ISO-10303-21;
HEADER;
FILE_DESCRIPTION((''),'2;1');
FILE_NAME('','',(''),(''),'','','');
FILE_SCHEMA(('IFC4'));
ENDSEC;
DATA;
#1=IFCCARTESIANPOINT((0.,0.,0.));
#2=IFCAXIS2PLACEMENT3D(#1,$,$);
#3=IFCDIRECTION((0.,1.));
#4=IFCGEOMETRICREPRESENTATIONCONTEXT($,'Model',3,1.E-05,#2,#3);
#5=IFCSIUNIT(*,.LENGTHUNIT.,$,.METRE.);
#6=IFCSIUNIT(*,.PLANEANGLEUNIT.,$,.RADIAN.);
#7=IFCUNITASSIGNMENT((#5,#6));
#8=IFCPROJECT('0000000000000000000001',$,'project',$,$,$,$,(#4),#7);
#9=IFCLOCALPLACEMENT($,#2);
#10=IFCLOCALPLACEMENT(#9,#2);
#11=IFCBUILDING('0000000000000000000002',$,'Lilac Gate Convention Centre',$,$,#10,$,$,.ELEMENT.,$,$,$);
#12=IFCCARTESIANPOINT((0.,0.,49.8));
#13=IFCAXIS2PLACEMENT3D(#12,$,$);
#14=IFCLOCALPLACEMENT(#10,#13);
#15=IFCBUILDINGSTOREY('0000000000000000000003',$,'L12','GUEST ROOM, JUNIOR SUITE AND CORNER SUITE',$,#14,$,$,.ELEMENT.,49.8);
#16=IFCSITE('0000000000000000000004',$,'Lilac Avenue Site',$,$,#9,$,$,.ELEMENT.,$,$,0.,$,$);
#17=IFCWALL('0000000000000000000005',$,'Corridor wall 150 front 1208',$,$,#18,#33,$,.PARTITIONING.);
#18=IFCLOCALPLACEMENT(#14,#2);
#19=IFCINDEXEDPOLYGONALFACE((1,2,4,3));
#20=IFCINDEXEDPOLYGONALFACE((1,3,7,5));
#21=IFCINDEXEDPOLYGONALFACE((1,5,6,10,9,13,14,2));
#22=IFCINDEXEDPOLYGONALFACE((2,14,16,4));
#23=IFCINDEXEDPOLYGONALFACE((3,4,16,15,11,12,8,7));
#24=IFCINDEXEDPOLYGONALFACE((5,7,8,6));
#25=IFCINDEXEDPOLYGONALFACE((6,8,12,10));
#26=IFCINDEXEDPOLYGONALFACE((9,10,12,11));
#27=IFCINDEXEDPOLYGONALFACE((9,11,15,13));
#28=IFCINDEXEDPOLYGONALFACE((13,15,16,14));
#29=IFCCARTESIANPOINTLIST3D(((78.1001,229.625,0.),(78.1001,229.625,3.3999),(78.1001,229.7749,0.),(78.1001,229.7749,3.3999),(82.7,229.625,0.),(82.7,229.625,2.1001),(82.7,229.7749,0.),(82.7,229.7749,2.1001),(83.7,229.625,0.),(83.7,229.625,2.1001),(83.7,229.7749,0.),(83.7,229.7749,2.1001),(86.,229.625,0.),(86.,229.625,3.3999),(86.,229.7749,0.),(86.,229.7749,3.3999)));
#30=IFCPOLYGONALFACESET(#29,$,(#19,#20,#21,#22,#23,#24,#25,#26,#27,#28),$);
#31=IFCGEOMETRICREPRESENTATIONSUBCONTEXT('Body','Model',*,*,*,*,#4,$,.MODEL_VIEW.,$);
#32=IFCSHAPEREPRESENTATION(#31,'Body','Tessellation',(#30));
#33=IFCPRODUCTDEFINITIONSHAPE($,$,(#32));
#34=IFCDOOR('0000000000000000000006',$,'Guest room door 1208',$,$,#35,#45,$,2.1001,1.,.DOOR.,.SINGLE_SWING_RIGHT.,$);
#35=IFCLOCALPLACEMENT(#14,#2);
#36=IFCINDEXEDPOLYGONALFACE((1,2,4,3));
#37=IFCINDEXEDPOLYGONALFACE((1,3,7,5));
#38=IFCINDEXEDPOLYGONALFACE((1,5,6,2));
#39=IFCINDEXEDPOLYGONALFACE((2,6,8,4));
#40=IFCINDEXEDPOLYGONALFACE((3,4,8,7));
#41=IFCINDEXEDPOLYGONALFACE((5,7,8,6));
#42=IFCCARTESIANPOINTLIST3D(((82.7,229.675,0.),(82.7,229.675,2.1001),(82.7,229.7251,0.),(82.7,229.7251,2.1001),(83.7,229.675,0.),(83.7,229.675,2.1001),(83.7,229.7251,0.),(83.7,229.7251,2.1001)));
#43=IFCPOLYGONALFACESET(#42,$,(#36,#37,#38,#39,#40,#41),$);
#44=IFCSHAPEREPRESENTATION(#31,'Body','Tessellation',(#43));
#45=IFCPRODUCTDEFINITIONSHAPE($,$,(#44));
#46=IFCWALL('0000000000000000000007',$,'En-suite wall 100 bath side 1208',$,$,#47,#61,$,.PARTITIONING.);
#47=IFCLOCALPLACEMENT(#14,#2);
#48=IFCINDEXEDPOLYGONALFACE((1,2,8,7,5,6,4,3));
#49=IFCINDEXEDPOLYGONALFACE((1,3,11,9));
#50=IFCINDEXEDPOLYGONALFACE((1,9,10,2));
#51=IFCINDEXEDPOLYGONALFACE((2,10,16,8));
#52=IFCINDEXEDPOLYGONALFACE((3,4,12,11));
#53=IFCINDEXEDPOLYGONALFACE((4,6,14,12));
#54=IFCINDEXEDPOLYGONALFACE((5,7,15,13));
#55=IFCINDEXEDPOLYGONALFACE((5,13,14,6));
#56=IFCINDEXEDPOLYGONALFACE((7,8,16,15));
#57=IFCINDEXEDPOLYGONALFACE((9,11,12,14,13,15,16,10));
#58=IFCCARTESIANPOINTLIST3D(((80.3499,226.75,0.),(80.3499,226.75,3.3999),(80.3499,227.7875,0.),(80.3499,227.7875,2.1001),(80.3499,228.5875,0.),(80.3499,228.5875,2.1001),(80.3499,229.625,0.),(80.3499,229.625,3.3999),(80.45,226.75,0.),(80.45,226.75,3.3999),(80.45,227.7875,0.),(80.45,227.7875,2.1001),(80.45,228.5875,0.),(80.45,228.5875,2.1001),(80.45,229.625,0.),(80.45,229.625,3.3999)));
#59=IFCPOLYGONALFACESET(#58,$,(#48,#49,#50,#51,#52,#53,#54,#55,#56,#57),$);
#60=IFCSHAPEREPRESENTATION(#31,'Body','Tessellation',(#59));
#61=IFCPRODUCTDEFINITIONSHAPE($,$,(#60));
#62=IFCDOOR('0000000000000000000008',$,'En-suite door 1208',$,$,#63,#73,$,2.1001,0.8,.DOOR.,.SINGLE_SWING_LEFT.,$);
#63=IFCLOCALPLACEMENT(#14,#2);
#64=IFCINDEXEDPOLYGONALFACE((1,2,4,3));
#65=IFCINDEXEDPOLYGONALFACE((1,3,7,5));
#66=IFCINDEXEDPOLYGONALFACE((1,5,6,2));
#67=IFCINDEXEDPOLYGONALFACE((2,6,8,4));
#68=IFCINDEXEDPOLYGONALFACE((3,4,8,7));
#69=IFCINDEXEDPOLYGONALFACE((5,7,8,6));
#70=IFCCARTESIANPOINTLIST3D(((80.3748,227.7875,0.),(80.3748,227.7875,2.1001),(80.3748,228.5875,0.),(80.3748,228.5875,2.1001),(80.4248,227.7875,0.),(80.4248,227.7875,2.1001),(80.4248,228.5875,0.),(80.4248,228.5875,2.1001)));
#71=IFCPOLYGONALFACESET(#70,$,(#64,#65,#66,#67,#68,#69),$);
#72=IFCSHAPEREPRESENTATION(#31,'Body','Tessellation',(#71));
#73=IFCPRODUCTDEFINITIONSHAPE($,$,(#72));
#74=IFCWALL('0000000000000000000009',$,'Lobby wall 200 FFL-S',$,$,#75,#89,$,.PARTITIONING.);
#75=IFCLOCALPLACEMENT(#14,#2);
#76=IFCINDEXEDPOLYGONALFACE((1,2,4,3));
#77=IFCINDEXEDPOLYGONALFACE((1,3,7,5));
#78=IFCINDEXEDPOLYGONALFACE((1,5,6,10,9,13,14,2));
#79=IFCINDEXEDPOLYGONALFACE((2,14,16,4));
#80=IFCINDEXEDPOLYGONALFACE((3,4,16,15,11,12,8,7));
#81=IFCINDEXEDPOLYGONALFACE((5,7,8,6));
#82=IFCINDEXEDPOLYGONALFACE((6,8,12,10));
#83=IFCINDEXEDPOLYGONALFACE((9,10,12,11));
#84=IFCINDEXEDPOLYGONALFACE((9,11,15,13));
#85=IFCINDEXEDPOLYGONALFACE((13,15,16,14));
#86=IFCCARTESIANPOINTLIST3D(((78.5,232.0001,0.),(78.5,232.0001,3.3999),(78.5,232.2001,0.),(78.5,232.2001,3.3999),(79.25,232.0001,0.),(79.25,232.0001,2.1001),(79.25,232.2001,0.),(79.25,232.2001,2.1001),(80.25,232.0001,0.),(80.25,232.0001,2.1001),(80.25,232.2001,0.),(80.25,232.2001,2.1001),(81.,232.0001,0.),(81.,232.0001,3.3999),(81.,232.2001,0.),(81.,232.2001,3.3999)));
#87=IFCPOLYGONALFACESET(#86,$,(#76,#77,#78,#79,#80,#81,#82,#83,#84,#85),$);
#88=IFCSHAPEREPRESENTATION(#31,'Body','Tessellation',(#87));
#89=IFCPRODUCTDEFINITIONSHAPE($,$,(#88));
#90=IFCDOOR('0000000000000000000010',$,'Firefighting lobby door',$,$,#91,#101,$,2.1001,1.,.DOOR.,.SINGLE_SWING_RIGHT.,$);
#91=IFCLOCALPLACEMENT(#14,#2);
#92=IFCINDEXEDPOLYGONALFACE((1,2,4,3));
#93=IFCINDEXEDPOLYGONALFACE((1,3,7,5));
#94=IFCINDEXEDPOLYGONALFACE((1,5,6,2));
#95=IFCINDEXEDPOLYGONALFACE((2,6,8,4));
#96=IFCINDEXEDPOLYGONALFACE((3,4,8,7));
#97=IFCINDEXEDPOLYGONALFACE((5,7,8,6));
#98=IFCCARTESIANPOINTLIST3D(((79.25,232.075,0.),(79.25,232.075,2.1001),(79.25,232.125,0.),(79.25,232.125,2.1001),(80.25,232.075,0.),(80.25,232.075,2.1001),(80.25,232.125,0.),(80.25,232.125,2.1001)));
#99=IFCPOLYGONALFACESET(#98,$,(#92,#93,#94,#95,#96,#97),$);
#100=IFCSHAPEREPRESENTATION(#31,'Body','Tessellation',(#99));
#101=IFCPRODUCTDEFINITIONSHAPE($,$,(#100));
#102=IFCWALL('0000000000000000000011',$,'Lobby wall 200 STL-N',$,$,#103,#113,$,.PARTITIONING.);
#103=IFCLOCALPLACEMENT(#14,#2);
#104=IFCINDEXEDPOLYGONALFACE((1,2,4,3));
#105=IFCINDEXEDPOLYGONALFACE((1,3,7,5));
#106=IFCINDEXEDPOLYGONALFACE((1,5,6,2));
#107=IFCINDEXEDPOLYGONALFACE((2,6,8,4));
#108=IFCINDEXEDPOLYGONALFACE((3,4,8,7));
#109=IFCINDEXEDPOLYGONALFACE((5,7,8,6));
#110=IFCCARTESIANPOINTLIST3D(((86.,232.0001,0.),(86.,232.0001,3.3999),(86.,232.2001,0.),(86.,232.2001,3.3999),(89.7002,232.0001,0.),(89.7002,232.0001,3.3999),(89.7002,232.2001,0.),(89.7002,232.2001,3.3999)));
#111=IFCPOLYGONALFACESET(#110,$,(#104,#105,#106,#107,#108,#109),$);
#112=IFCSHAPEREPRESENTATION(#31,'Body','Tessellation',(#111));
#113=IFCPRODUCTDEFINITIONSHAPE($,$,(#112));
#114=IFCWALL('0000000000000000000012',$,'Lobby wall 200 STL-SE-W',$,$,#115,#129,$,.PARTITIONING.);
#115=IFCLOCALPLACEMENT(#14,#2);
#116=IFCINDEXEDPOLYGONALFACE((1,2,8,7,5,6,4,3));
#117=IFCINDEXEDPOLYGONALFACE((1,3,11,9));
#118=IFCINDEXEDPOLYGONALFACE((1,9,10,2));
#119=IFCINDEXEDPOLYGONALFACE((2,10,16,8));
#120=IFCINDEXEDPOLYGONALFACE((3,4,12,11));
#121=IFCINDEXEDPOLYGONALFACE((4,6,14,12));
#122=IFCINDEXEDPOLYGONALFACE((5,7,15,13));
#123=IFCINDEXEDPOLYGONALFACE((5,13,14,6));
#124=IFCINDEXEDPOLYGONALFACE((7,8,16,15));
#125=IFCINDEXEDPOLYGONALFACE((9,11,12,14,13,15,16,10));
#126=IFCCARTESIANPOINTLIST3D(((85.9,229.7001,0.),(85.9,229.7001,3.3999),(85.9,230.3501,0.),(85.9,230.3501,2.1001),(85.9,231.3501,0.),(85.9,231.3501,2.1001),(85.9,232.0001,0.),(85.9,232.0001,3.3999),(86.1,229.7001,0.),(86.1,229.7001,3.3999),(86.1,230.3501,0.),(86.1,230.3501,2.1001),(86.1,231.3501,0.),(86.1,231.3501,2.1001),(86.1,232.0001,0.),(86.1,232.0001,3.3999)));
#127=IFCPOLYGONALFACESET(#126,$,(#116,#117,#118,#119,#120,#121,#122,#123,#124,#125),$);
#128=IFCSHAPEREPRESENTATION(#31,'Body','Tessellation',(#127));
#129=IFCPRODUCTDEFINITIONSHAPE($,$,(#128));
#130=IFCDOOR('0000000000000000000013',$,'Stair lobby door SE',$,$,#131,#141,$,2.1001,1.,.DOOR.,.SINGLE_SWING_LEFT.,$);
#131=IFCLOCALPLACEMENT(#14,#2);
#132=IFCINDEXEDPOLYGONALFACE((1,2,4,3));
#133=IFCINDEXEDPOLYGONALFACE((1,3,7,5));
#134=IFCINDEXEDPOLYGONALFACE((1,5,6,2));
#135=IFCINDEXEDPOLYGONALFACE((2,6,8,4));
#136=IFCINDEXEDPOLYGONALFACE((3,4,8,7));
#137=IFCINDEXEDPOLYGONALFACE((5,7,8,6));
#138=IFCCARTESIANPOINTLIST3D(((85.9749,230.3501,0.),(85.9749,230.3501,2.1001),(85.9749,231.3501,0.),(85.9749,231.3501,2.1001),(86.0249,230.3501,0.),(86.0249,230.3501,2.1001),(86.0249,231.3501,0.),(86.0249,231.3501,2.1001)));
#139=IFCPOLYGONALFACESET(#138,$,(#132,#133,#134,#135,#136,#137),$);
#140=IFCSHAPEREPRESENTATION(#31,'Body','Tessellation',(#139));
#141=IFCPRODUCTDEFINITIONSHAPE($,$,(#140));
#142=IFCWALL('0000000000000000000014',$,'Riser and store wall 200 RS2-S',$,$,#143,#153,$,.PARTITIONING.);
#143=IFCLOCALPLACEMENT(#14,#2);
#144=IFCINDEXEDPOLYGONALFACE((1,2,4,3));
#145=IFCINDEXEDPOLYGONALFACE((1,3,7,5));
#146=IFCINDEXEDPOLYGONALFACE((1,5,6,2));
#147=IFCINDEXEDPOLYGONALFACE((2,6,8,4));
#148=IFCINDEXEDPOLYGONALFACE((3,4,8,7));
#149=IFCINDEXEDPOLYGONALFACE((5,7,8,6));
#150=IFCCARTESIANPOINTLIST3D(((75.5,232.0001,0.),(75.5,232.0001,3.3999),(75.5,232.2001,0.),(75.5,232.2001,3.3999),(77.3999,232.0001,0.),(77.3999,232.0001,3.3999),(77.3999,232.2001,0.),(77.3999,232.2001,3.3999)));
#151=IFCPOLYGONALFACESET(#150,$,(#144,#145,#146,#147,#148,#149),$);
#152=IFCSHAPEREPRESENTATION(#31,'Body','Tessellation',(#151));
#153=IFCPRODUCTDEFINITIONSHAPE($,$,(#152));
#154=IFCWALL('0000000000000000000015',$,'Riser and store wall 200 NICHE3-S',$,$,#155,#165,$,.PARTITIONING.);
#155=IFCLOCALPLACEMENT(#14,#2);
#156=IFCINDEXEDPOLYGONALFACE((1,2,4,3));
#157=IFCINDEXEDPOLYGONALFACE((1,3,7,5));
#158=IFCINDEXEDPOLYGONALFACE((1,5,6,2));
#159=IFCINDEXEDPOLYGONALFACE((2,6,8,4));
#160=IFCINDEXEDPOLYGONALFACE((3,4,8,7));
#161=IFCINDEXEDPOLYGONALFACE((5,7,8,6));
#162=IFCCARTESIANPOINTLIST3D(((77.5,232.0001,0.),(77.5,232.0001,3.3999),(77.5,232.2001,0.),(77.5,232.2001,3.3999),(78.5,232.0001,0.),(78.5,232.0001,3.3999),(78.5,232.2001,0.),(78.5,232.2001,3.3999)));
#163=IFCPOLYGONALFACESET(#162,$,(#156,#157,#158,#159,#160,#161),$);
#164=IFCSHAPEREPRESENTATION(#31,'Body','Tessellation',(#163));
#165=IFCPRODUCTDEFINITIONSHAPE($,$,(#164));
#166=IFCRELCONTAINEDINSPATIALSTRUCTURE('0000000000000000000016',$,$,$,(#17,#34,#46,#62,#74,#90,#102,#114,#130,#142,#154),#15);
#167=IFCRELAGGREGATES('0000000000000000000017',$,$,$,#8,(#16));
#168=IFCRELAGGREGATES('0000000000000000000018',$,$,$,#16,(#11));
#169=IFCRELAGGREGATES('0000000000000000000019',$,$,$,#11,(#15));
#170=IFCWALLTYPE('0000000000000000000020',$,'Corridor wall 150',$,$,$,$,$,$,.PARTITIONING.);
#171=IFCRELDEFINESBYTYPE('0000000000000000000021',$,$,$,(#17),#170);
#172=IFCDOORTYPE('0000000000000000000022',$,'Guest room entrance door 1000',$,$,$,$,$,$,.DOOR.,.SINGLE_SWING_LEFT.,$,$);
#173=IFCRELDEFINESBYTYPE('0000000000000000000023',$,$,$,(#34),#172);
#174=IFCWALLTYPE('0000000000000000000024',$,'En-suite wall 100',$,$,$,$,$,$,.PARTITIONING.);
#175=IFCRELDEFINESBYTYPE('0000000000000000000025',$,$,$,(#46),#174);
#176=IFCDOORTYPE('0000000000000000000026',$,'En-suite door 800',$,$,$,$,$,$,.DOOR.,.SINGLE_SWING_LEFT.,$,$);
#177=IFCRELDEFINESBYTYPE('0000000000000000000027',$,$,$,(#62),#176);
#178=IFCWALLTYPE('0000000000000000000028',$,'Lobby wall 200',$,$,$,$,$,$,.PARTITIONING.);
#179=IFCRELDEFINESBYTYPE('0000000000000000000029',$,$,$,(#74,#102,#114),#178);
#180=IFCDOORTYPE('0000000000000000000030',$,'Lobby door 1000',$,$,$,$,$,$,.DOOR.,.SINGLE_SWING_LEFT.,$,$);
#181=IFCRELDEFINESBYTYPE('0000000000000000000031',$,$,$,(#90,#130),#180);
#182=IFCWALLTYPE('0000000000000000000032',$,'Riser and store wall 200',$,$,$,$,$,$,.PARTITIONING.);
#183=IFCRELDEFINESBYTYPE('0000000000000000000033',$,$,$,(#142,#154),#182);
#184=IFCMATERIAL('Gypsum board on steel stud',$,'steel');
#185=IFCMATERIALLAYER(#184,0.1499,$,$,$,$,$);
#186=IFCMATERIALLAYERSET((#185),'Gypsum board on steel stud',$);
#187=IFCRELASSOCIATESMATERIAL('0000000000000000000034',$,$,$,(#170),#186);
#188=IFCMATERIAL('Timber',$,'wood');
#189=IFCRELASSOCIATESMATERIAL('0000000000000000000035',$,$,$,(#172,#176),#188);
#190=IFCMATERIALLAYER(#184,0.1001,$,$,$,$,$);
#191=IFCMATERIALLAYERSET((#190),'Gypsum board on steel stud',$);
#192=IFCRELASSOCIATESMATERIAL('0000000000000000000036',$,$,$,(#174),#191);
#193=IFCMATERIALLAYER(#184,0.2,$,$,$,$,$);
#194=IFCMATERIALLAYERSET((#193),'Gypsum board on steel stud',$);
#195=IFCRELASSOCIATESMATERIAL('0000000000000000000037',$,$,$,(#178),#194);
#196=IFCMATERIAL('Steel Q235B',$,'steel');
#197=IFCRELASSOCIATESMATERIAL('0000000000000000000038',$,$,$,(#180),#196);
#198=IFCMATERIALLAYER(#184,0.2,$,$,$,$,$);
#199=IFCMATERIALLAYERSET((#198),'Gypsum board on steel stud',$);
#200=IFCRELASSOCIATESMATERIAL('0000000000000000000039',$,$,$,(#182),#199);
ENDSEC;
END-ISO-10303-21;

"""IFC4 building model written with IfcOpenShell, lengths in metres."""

from ifc_helpers import new_model, si_unit, direction, frame, frame_2d, origin, place, context, subcontext, project, spatial, rectangle, extrude, material, layer, layer_set, type_object, element, fill, save


model = new_model("IFC4")

# Units and contexts
model_context = context("Model", 3, precision=1e-05, world=origin(), true_north=direction((0.0, 1.0)))
body_context = subcontext(model_context, "Body", "Model", "MODEL_VIEW")
ifc_project = project(units=[si_unit("LENGTHUNIT", "METRE"), si_unit("PLANEANGLEUNIT", "RADIAN")], contexts=[model_context])

# Site, building, storey
site_placement = place(None, origin())
site = spatial("IfcSite", under=ifc_project, at=site_placement, Name="Lilac Avenue Site", CompositionType="ELEMENT", RefElevation=0.0)
building_placement = place(site_placement, origin())
building = spatial("IfcBuilding", under=site, at=building_placement, Name="Lilac Gate Convention Centre", CompositionType="ELEMENT")
storey_placement = place(building_placement, frame((0.0, 0.0, 49.8)))
storey = spatial("IfcBuildingStorey", under=building, at=storey_placement, Name="L12", Description="GUEST ROOM, JUNIOR SUITE AND CORNER SUITE", CompositionType="ELEMENT", Elevation=49.8)

# Shared definitions
ifc_material_1 = material(Name="Steel Q235B", Category="steel")

# Walls, openings, doors
ifc_material_2 = material(Name="Gypsum board on steel stud", Category="steel")
ifc_layer_1 = layer(ifc_material_2, 0.1499)
ifc_layer_set_1 = layer_set([ifc_layer_1], Name="Gypsum board on steel stud")
wall_type_1 = type_object("IfcWallType", Name="Corridor wall 150", PredefinedType="PARTITIONING", material=ifc_layer_set_1)
ifc_material_3 = material(Name="Timber", Category="wood")
door_type_1 = type_object("IfcDoorType", Name="Guest room entrance door 1000", OperationType="SINGLE_SWING_LEFT", PredefinedType="DOOR", material=ifc_material_3)
wall_1_placement = place(storey_placement, frame((86.0, 229.7, 0.0), z_axis=(0.0, 0.0, 1.0), x_axis=(-1.0, 0.0, 0.0)))
wall_1 = element("IfcWall", 1, at=wall_1_placement, inside=storey, type_object=wall_type_1, Name="Corridor wall 150 front 1208", PredefinedType="PARTITIONING", context=body_context, shape_type="SweptSolid", body=[
    extrude(rectangle(XDim=7.8999, YDim=0.1499, at=frame_2d((3.95, 0.0))), origin(), (0.0, 0.0, 1.0), 3.3999),
])
opening_1_placement = place(wall_1_placement, frame((2.3, 0.0, 0.0)))
opening_1 = element("IfcOpeningElement", 2, at=opening_1_placement, cuts=wall_1, PredefinedType="OPENING", context=body_context, shape_type="SweptSolid", body=[
    extrude(rectangle(XDim=1.0, YDim=2.1001, at=frame_2d((0.5, 1.05))), frame((0.0, 0.085, 0.0), z_axis=(0.0, -1.0, 0.0), x_axis=(1.0, 0.0, 0.0)), (0.0, 0.0, 1.0), 0.1699),
])
door_1_placement = place(opening_1_placement, origin())
door_1 = element("IfcDoor", 3, at=door_1_placement, inside=storey, type_object=door_type_1, Name="Guest room door 1208", OperationType="SINGLE_SWING_RIGHT", OverallHeight=2.1001, OverallWidth=1.0, PredefinedType="DOOR", context=body_context, shape_type="SweptSolid", body=[
    extrude(rectangle(XDim=1.0, YDim=2.1001, at=frame_2d((0.5, 1.05))), frame((0.0, 0.0249, 0.0), z_axis=(0.0, -1.0, 0.0), x_axis=(1.0, 0.0, 0.0)), (0.0, 0.0, 1.0), 0.05),
])
fill(opening_1, door_1)
ifc_layer_2 = layer(ifc_material_2, 0.1001)
ifc_layer_set_2 = layer_set([ifc_layer_2], Name="Gypsum board on steel stud")
wall_type_2 = type_object("IfcWallType", Name="En-suite wall 100", PredefinedType="PARTITIONING", material=ifc_layer_set_2)
wall_2_placement = place(storey_placement, frame((80.3999, 229.625, 0.0), z_axis=(0.0, 0.0, 1.0), x_axis=(0.0, -1.0, 0.0)))
wall_2 = element("IfcWall", 4, at=wall_2_placement, inside=storey, type_object=wall_type_2, Name="En-suite wall 100 bath side 1208", PredefinedType="PARTITIONING", context=body_context, shape_type="SweptSolid", body=[
    extrude(rectangle(XDim=2.875, YDim=0.1001, at=frame_2d((1.4375, 0.0))), origin(), (0.0, 0.0, 1.0), 3.3999),
])
opening_2_placement = place(wall_2_placement, frame((1.0376, 0.0, 0.0)))
opening_2 = element("IfcOpeningElement", 5, at=opening_2_placement, cuts=wall_2, PredefinedType="OPENING", context=body_context, shape_type="SweptSolid", body=[
    extrude(rectangle(XDim=0.8, YDim=2.1001, at=frame_2d((0.3999, 1.05))), frame((0.0, 0.0601, 0.0), z_axis=(0.0, -1.0, 0.0), x_axis=(1.0, 0.0, 0.0)), (0.0, 0.0, 1.0), 0.1201),
])
door_type_2 = type_object("IfcDoorType", Name="En-suite door 800", OperationType="SINGLE_SWING_LEFT", PredefinedType="DOOR", material=ifc_material_3)
door_2_placement = place(opening_2_placement, origin())
door_2 = element("IfcDoor", 6, at=door_2_placement, inside=storey, type_object=door_type_2, Name="En-suite door 1208", OperationType="SINGLE_SWING_LEFT", OverallHeight=2.1001, OverallWidth=0.8, PredefinedType="DOOR", context=body_context, shape_type="SweptSolid", body=[
    extrude(rectangle(XDim=0.8, YDim=2.1001, at=frame_2d((0.3999, 1.05))), frame((0.0, 0.0249, 0.0), z_axis=(0.0, -1.0, 0.0), x_axis=(1.0, 0.0, 0.0)), (0.0, 0.0, 1.0), 0.05),
])
fill(opening_2, door_2)
ifc_layer_3 = layer(ifc_material_2, 0.2)
ifc_layer_set_3 = layer_set([ifc_layer_3], Name="Gypsum board on steel stud")
wall_type_3 = type_object("IfcWallType", Name="Lobby wall 200", PredefinedType="PARTITIONING", material=ifc_layer_set_3)
wall_3_placement = place(storey_placement, frame((78.5, 232.1001, 0.0), z_axis=(0.0, 0.0, 1.0), x_axis=(1.0, 0.0, 0.0)))
wall_3 = element("IfcWall", 7, at=wall_3_placement, inside=storey, type_object=wall_type_3, Name="Lobby wall 200 FFL-S", PredefinedType="PARTITIONING", context=body_context, shape_type="SweptSolid", body=[
    extrude(rectangle(XDim=2.5, YDim=0.2, at=frame_2d((1.25, 0.0))), origin(), (0.0, 0.0, 1.0), 3.3999),
])
opening_3_placement = place(wall_3_placement, frame((0.75, 0.0, 0.0)))
opening_3 = element("IfcOpeningElement", 8, at=opening_3_placement, cuts=wall_3, PredefinedType="OPENING", context=body_context, shape_type="SweptSolid", body=[
    extrude(rectangle(XDim=1.0, YDim=2.1001, at=frame_2d((0.5, 1.05))), frame((0.0, 0.1099, 0.0), z_axis=(0.0, -1.0, 0.0), x_axis=(1.0, 0.0, 0.0)), (0.0, 0.0, 1.0), 0.22),
])
door_type_3 = type_object("IfcDoorType", Name="Lobby door 1000", OperationType="SINGLE_SWING_LEFT", PredefinedType="DOOR", material=ifc_material_1)
door_3_placement = place(opening_3_placement, origin())
door_3 = element("IfcDoor", 9, at=door_3_placement, inside=storey, type_object=door_type_3, Name="Firefighting lobby door", OperationType="SINGLE_SWING_RIGHT", OverallHeight=2.1001, OverallWidth=1.0, PredefinedType="DOOR", context=body_context, shape_type="SweptSolid", body=[
    extrude(rectangle(XDim=1.0, YDim=2.1001, at=frame_2d((0.5, 1.05))), frame((0.0, 0.0249, 0.0), z_axis=(0.0, -1.0, 0.0), x_axis=(1.0, 0.0, 0.0)), (0.0, 0.0, 1.0), 0.05),
])
fill(opening_3, door_3)

# Wall
wall_4_placement = place(storey_placement, frame((86.0, 232.1001, 0.0), z_axis=(0.0, 0.0, 1.0), x_axis=(1.0, 0.0, 0.0)))
element("IfcWall", 10, at=wall_4_placement, inside=storey, type_object=wall_type_3, Name="Lobby wall 200 STL-N", PredefinedType="PARTITIONING", context=body_context, shape_type="SweptSolid", body=[
    extrude(rectangle(XDim=3.7002, YDim=0.2, at=frame_2d((1.8501, 0.0))), origin(), (0.0, 0.0, 1.0), 3.3999),
])

# Wall, opening, door
wall_5_placement = place(storey_placement, frame((86.0, 232.0, 0.0), z_axis=(0.0, 0.0, 1.0), x_axis=(0.0, -1.0, 0.0)))
wall_5 = element("IfcWall", 11, at=wall_5_placement, inside=storey, type_object=wall_type_3, Name="Lobby wall 200 STL-SE-W", PredefinedType="PARTITIONING", context=body_context, shape_type="SweptSolid", body=[
    extrude(rectangle(XDim=2.3, YDim=0.2, at=frame_2d((1.1499, 0.0))), origin(), (0.0, 0.0, 1.0), 3.3999),
])
opening_4_placement = place(wall_5_placement, frame((0.6499, 0.0, 0.0)))
opening_4 = element("IfcOpeningElement", 12, at=opening_4_placement, cuts=wall_5, PredefinedType="OPENING", context=body_context, shape_type="SweptSolid", body=[
    extrude(rectangle(XDim=1.0, YDim=2.1001, at=frame_2d((0.5, 1.05))), frame((0.0, 0.1099, 0.0), z_axis=(0.0, -1.0, 0.0), x_axis=(1.0, 0.0, 0.0)), (0.0, 0.0, 1.0), 0.22),
])
door_4_placement = place(opening_4_placement, origin())
door_4 = element("IfcDoor", 13, at=door_4_placement, inside=storey, type_object=door_type_3, Name="Stair lobby door SE", OperationType="SINGLE_SWING_LEFT", OverallHeight=2.1001, OverallWidth=1.0, PredefinedType="DOOR", context=body_context, shape_type="SweptSolid", body=[
    extrude(rectangle(XDim=1.0, YDim=2.1001, at=frame_2d((0.5, 1.05))), frame((0.0, 0.0249, 0.0), z_axis=(0.0, -1.0, 0.0), x_axis=(1.0, 0.0, 0.0)), (0.0, 0.0, 1.0), 0.05),
])
fill(opening_4, door_4)

# Walls
ifc_layer_4 = layer(ifc_material_2, 0.2)
ifc_layer_set_4 = layer_set([ifc_layer_4], Name="Gypsum board on steel stud")
wall_type_4 = type_object("IfcWallType", Name="Riser and store wall 200", PredefinedType="PARTITIONING", material=ifc_layer_set_4)
wall_6_placement = place(storey_placement, frame((75.5, 232.1001, 0.0), z_axis=(0.0, 0.0, 1.0), x_axis=(1.0, 0.0, 0.0)))
element("IfcWall", 14, at=wall_6_placement, inside=storey, type_object=wall_type_4, Name="Riser and store wall 200 RS2-S", PredefinedType="PARTITIONING", context=body_context, shape_type="SweptSolid", body=[
    extrude(rectangle(XDim=1.8999, YDim=0.2, at=frame_2d((0.95, 0.0))), origin(), (0.0, 0.0, 1.0), 3.3999),
])
wall_7_placement = place(storey_placement, frame((77.5, 232.1001, 0.0), z_axis=(0.0, 0.0, 1.0), x_axis=(1.0, 0.0, 0.0)))
element("IfcWall", 15, at=wall_7_placement, inside=storey, type_object=wall_type_4, Name="Riser and store wall 200 NICHE3-S", PredefinedType="PARTITIONING", context=body_context, shape_type="SweptSolid", body=[
    extrude(rectangle(XDim=1.0, YDim=0.2, at=frame_2d((0.5, 0.0))), origin(), (0.0, 0.0, 1.0), 3.3999),
])

save(model, "model.ifc")
